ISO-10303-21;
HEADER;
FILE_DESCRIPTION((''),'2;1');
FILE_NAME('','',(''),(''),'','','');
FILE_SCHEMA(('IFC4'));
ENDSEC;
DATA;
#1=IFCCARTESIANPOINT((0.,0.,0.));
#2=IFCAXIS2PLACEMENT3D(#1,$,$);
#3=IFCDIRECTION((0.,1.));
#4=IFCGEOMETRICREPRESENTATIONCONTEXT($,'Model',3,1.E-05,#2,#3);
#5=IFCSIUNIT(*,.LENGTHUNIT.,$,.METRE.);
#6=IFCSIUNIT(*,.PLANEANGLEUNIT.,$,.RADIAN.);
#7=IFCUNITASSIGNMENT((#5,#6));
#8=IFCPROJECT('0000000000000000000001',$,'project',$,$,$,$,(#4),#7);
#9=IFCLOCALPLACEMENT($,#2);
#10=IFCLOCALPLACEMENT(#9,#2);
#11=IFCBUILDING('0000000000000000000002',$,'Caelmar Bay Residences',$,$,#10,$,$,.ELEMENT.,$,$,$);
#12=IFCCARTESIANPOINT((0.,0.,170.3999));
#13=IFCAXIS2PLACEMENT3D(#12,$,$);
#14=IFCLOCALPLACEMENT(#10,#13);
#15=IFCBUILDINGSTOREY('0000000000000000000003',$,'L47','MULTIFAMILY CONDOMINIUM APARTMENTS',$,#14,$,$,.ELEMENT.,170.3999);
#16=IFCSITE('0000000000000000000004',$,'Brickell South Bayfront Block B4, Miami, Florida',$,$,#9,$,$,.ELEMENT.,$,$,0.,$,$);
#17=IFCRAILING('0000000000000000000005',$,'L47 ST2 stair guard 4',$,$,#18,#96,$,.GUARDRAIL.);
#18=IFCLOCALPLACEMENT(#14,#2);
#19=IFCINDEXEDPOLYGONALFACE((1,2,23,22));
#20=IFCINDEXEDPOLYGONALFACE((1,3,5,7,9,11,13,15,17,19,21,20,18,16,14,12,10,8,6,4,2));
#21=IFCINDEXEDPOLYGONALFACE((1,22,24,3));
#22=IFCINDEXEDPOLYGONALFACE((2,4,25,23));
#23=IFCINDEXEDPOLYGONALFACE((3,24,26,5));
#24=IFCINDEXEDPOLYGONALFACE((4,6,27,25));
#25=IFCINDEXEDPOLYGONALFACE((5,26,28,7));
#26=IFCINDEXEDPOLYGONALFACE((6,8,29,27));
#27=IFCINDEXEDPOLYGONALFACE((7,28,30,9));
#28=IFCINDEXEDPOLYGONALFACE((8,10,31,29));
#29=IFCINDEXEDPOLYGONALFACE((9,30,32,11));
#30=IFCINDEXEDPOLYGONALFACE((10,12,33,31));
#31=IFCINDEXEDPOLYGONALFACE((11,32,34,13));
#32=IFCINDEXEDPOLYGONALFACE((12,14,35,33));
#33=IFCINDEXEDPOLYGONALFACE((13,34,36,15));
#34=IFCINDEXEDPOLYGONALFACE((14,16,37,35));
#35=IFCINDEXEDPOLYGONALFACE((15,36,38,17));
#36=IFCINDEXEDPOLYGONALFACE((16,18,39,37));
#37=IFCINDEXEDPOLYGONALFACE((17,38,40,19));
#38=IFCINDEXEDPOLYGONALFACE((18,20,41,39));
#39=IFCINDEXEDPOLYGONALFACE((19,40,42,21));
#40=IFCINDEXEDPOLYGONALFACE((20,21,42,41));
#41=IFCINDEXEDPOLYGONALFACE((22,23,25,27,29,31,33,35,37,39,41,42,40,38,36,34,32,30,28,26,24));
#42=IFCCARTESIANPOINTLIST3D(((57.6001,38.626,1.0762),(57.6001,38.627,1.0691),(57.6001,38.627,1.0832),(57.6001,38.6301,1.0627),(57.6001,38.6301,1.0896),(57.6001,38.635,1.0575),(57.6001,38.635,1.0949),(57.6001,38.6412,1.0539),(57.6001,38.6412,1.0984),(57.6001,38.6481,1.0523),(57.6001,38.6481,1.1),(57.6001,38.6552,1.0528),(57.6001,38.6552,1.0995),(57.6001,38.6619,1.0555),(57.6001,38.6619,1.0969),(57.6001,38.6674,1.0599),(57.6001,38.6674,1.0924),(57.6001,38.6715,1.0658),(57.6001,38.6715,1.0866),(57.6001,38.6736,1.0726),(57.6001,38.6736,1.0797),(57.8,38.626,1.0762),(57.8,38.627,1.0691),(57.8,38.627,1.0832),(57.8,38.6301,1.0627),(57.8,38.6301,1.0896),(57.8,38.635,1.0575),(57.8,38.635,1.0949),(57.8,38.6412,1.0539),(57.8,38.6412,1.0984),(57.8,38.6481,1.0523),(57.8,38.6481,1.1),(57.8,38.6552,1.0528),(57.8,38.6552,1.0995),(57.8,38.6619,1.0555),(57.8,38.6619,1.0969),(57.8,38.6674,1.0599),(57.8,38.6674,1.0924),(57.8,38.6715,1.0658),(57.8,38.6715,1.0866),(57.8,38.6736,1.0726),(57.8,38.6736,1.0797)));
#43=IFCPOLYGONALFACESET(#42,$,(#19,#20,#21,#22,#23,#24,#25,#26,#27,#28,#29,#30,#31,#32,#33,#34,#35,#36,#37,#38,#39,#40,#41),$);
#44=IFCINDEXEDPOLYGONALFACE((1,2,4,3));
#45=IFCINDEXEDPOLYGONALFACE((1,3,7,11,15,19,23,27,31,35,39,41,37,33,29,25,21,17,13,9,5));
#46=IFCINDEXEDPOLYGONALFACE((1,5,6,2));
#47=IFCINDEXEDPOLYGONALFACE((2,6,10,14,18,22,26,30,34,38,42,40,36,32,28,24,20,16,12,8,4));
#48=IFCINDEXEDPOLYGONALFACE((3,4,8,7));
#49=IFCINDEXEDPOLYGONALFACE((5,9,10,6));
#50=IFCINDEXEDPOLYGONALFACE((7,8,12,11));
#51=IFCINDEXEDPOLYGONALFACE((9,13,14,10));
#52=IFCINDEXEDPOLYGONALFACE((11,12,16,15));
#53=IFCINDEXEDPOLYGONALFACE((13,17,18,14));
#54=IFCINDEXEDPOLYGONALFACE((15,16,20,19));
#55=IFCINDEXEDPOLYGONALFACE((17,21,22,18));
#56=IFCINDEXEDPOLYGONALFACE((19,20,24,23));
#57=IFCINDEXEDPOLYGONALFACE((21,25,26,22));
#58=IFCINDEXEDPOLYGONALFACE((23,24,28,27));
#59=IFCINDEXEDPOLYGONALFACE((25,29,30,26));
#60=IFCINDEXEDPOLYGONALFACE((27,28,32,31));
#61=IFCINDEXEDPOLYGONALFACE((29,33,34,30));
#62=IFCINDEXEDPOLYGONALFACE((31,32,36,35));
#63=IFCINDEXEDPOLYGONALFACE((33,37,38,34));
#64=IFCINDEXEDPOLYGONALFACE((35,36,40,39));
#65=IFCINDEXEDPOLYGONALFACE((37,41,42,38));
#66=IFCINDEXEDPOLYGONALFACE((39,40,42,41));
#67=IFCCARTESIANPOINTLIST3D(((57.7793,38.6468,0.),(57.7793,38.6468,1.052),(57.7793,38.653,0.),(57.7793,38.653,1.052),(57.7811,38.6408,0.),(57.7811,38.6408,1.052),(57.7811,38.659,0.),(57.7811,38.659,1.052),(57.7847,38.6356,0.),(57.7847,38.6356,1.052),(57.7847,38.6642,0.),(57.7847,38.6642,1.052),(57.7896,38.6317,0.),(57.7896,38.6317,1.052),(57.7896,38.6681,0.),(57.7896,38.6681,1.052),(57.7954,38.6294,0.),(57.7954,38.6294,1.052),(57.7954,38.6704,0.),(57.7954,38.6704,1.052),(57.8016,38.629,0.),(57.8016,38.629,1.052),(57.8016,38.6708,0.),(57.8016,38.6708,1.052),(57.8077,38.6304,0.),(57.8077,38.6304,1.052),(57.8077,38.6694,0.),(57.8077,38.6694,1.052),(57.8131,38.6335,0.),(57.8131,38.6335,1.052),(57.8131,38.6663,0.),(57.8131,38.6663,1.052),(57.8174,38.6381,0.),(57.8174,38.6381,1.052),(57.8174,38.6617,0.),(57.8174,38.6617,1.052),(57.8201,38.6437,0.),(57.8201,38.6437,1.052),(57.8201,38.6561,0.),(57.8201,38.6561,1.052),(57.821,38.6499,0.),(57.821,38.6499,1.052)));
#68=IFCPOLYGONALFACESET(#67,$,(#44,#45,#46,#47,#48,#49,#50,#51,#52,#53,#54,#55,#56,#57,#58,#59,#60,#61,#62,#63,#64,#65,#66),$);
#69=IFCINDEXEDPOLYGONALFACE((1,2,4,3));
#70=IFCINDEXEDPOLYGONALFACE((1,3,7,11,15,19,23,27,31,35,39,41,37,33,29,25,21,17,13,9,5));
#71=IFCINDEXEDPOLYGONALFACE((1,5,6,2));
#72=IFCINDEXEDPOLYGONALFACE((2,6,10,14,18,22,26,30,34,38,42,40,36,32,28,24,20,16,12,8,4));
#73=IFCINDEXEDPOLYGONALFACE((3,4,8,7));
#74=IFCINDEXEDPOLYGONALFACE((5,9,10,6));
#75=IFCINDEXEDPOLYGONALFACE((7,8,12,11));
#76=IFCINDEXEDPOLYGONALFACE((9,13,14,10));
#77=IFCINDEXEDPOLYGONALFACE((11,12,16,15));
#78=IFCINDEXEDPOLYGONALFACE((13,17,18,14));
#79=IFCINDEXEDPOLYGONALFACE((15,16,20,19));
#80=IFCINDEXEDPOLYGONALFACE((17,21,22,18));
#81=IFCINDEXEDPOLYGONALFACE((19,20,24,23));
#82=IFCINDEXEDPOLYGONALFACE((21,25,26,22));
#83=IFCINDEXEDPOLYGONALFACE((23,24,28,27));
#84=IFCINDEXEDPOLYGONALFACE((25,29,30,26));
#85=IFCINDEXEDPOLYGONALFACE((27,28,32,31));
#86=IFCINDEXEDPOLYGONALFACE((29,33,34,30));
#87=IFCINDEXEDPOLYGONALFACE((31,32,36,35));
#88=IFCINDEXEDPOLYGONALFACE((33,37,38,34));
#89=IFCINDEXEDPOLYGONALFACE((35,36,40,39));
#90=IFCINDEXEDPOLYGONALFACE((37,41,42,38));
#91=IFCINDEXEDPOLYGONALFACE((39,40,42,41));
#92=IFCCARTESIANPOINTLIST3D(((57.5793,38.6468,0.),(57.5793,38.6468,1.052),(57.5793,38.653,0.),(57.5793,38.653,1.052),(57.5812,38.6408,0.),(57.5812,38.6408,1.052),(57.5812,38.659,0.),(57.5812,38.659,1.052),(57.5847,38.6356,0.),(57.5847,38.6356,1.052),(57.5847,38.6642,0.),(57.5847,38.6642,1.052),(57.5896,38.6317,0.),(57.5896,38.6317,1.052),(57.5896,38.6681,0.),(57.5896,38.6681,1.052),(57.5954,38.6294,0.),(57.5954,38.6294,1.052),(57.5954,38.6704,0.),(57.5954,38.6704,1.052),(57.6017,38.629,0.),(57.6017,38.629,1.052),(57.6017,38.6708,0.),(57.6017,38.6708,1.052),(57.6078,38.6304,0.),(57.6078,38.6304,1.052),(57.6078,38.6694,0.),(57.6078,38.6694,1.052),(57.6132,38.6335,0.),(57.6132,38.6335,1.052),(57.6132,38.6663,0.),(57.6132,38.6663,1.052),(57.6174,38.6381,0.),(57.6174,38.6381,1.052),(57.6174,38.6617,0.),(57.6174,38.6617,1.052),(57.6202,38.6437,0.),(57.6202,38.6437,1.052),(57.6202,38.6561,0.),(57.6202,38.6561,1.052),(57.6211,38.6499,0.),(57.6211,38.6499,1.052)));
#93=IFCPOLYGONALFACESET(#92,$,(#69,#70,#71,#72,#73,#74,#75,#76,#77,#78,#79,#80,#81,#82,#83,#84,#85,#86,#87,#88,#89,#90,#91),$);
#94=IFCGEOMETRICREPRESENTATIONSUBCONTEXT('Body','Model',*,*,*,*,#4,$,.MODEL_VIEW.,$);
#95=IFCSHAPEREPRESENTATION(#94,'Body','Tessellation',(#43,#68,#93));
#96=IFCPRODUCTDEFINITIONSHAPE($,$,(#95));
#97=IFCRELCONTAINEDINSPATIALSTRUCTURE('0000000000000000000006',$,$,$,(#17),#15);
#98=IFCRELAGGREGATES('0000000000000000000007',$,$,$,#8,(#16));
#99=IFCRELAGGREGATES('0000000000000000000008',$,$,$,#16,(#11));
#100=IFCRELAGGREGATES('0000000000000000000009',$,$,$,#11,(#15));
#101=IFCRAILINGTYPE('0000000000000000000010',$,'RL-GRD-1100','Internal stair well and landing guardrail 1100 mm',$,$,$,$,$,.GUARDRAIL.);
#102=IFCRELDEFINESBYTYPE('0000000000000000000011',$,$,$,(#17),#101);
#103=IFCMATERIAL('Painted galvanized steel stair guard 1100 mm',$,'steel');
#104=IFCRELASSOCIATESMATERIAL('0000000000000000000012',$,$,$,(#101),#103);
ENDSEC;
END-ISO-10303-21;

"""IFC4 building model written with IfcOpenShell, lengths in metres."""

from ifc_helpers import new_model, si_unit, direction, frame, origin, origin_2d, place, context, subcontext, project, spatial, circle, extrude, material, type_object, element, save


model = new_model("IFC4")

# Units and contexts
model_context = context("Model", 3, precision=1e-05, world=origin(), true_north=direction((0.0, 1.0)))
body_context = subcontext(model_context, "Body", "Model", "MODEL_VIEW")
ifc_project = project(units=[si_unit("LENGTHUNIT", "METRE"), si_unit("PLANEANGLEUNIT", "RADIAN")], contexts=[model_context])

# Site, building, storey
site_placement = place(None, origin())
site = spatial("IfcSite", under=ifc_project, at=site_placement, Name="Brickell South Bayfront Block B4, Miami, Florida", CompositionType="ELEMENT", RefElevation=0.0)
building_placement = place(site_placement, origin())
building = spatial("IfcBuilding", under=site, at=building_placement, Name="Caelmar Bay Residences", CompositionType="ELEMENT")
storey_placement = place(building_placement, frame((0.0, 0.0, 170.3999)))
storey = spatial("IfcBuildingStorey", under=building, at=storey_placement, Name="L47", Description="MULTIFAMILY CONDOMINIUM APARTMENTS", CompositionType="ELEMENT", Elevation=170.3999)

# Railing
ifc_material_1 = material(Name="Painted galvanized steel stair guard 1100 mm", Category="steel")
railing_type_1 = type_object("IfcRailingType", Name="RL-GRD-1100", Description="Internal stair well and landing guardrail 1100 mm", PredefinedType="GUARDRAIL", material=ifc_material_1)
railing_1_placement = place(storey_placement, frame((57.8, 38.6499, 0.0)))
element("IfcRailing", 1, at=railing_1_placement, inside=storey, type_object=railing_type_1, Name="L47 ST2 stair guard 4", PredefinedType="GUARDRAIL", context=body_context, shape_type="SweptSolid", body=[
    extrude(circle(Radius=0.0239, at=origin_2d()), frame((0.0, 0.0, 1.0762), z_axis=(-1.0, 0.0, 0.0), x_axis=(0.0, -1.0, 0.0)), (0.0, 0.0, 1.0), 0.2),
    extrude(circle(Radius=0.021, at=origin_2d()), origin(), (0.0, 0.0, 1.0), 1.052),
    extrude(circle(Radius=0.021, at=origin_2d()), frame((-0.2, 0.0, 0.0)), (0.0, 0.0, 1.0), 1.052),
])

save(model, "model.ifc")
